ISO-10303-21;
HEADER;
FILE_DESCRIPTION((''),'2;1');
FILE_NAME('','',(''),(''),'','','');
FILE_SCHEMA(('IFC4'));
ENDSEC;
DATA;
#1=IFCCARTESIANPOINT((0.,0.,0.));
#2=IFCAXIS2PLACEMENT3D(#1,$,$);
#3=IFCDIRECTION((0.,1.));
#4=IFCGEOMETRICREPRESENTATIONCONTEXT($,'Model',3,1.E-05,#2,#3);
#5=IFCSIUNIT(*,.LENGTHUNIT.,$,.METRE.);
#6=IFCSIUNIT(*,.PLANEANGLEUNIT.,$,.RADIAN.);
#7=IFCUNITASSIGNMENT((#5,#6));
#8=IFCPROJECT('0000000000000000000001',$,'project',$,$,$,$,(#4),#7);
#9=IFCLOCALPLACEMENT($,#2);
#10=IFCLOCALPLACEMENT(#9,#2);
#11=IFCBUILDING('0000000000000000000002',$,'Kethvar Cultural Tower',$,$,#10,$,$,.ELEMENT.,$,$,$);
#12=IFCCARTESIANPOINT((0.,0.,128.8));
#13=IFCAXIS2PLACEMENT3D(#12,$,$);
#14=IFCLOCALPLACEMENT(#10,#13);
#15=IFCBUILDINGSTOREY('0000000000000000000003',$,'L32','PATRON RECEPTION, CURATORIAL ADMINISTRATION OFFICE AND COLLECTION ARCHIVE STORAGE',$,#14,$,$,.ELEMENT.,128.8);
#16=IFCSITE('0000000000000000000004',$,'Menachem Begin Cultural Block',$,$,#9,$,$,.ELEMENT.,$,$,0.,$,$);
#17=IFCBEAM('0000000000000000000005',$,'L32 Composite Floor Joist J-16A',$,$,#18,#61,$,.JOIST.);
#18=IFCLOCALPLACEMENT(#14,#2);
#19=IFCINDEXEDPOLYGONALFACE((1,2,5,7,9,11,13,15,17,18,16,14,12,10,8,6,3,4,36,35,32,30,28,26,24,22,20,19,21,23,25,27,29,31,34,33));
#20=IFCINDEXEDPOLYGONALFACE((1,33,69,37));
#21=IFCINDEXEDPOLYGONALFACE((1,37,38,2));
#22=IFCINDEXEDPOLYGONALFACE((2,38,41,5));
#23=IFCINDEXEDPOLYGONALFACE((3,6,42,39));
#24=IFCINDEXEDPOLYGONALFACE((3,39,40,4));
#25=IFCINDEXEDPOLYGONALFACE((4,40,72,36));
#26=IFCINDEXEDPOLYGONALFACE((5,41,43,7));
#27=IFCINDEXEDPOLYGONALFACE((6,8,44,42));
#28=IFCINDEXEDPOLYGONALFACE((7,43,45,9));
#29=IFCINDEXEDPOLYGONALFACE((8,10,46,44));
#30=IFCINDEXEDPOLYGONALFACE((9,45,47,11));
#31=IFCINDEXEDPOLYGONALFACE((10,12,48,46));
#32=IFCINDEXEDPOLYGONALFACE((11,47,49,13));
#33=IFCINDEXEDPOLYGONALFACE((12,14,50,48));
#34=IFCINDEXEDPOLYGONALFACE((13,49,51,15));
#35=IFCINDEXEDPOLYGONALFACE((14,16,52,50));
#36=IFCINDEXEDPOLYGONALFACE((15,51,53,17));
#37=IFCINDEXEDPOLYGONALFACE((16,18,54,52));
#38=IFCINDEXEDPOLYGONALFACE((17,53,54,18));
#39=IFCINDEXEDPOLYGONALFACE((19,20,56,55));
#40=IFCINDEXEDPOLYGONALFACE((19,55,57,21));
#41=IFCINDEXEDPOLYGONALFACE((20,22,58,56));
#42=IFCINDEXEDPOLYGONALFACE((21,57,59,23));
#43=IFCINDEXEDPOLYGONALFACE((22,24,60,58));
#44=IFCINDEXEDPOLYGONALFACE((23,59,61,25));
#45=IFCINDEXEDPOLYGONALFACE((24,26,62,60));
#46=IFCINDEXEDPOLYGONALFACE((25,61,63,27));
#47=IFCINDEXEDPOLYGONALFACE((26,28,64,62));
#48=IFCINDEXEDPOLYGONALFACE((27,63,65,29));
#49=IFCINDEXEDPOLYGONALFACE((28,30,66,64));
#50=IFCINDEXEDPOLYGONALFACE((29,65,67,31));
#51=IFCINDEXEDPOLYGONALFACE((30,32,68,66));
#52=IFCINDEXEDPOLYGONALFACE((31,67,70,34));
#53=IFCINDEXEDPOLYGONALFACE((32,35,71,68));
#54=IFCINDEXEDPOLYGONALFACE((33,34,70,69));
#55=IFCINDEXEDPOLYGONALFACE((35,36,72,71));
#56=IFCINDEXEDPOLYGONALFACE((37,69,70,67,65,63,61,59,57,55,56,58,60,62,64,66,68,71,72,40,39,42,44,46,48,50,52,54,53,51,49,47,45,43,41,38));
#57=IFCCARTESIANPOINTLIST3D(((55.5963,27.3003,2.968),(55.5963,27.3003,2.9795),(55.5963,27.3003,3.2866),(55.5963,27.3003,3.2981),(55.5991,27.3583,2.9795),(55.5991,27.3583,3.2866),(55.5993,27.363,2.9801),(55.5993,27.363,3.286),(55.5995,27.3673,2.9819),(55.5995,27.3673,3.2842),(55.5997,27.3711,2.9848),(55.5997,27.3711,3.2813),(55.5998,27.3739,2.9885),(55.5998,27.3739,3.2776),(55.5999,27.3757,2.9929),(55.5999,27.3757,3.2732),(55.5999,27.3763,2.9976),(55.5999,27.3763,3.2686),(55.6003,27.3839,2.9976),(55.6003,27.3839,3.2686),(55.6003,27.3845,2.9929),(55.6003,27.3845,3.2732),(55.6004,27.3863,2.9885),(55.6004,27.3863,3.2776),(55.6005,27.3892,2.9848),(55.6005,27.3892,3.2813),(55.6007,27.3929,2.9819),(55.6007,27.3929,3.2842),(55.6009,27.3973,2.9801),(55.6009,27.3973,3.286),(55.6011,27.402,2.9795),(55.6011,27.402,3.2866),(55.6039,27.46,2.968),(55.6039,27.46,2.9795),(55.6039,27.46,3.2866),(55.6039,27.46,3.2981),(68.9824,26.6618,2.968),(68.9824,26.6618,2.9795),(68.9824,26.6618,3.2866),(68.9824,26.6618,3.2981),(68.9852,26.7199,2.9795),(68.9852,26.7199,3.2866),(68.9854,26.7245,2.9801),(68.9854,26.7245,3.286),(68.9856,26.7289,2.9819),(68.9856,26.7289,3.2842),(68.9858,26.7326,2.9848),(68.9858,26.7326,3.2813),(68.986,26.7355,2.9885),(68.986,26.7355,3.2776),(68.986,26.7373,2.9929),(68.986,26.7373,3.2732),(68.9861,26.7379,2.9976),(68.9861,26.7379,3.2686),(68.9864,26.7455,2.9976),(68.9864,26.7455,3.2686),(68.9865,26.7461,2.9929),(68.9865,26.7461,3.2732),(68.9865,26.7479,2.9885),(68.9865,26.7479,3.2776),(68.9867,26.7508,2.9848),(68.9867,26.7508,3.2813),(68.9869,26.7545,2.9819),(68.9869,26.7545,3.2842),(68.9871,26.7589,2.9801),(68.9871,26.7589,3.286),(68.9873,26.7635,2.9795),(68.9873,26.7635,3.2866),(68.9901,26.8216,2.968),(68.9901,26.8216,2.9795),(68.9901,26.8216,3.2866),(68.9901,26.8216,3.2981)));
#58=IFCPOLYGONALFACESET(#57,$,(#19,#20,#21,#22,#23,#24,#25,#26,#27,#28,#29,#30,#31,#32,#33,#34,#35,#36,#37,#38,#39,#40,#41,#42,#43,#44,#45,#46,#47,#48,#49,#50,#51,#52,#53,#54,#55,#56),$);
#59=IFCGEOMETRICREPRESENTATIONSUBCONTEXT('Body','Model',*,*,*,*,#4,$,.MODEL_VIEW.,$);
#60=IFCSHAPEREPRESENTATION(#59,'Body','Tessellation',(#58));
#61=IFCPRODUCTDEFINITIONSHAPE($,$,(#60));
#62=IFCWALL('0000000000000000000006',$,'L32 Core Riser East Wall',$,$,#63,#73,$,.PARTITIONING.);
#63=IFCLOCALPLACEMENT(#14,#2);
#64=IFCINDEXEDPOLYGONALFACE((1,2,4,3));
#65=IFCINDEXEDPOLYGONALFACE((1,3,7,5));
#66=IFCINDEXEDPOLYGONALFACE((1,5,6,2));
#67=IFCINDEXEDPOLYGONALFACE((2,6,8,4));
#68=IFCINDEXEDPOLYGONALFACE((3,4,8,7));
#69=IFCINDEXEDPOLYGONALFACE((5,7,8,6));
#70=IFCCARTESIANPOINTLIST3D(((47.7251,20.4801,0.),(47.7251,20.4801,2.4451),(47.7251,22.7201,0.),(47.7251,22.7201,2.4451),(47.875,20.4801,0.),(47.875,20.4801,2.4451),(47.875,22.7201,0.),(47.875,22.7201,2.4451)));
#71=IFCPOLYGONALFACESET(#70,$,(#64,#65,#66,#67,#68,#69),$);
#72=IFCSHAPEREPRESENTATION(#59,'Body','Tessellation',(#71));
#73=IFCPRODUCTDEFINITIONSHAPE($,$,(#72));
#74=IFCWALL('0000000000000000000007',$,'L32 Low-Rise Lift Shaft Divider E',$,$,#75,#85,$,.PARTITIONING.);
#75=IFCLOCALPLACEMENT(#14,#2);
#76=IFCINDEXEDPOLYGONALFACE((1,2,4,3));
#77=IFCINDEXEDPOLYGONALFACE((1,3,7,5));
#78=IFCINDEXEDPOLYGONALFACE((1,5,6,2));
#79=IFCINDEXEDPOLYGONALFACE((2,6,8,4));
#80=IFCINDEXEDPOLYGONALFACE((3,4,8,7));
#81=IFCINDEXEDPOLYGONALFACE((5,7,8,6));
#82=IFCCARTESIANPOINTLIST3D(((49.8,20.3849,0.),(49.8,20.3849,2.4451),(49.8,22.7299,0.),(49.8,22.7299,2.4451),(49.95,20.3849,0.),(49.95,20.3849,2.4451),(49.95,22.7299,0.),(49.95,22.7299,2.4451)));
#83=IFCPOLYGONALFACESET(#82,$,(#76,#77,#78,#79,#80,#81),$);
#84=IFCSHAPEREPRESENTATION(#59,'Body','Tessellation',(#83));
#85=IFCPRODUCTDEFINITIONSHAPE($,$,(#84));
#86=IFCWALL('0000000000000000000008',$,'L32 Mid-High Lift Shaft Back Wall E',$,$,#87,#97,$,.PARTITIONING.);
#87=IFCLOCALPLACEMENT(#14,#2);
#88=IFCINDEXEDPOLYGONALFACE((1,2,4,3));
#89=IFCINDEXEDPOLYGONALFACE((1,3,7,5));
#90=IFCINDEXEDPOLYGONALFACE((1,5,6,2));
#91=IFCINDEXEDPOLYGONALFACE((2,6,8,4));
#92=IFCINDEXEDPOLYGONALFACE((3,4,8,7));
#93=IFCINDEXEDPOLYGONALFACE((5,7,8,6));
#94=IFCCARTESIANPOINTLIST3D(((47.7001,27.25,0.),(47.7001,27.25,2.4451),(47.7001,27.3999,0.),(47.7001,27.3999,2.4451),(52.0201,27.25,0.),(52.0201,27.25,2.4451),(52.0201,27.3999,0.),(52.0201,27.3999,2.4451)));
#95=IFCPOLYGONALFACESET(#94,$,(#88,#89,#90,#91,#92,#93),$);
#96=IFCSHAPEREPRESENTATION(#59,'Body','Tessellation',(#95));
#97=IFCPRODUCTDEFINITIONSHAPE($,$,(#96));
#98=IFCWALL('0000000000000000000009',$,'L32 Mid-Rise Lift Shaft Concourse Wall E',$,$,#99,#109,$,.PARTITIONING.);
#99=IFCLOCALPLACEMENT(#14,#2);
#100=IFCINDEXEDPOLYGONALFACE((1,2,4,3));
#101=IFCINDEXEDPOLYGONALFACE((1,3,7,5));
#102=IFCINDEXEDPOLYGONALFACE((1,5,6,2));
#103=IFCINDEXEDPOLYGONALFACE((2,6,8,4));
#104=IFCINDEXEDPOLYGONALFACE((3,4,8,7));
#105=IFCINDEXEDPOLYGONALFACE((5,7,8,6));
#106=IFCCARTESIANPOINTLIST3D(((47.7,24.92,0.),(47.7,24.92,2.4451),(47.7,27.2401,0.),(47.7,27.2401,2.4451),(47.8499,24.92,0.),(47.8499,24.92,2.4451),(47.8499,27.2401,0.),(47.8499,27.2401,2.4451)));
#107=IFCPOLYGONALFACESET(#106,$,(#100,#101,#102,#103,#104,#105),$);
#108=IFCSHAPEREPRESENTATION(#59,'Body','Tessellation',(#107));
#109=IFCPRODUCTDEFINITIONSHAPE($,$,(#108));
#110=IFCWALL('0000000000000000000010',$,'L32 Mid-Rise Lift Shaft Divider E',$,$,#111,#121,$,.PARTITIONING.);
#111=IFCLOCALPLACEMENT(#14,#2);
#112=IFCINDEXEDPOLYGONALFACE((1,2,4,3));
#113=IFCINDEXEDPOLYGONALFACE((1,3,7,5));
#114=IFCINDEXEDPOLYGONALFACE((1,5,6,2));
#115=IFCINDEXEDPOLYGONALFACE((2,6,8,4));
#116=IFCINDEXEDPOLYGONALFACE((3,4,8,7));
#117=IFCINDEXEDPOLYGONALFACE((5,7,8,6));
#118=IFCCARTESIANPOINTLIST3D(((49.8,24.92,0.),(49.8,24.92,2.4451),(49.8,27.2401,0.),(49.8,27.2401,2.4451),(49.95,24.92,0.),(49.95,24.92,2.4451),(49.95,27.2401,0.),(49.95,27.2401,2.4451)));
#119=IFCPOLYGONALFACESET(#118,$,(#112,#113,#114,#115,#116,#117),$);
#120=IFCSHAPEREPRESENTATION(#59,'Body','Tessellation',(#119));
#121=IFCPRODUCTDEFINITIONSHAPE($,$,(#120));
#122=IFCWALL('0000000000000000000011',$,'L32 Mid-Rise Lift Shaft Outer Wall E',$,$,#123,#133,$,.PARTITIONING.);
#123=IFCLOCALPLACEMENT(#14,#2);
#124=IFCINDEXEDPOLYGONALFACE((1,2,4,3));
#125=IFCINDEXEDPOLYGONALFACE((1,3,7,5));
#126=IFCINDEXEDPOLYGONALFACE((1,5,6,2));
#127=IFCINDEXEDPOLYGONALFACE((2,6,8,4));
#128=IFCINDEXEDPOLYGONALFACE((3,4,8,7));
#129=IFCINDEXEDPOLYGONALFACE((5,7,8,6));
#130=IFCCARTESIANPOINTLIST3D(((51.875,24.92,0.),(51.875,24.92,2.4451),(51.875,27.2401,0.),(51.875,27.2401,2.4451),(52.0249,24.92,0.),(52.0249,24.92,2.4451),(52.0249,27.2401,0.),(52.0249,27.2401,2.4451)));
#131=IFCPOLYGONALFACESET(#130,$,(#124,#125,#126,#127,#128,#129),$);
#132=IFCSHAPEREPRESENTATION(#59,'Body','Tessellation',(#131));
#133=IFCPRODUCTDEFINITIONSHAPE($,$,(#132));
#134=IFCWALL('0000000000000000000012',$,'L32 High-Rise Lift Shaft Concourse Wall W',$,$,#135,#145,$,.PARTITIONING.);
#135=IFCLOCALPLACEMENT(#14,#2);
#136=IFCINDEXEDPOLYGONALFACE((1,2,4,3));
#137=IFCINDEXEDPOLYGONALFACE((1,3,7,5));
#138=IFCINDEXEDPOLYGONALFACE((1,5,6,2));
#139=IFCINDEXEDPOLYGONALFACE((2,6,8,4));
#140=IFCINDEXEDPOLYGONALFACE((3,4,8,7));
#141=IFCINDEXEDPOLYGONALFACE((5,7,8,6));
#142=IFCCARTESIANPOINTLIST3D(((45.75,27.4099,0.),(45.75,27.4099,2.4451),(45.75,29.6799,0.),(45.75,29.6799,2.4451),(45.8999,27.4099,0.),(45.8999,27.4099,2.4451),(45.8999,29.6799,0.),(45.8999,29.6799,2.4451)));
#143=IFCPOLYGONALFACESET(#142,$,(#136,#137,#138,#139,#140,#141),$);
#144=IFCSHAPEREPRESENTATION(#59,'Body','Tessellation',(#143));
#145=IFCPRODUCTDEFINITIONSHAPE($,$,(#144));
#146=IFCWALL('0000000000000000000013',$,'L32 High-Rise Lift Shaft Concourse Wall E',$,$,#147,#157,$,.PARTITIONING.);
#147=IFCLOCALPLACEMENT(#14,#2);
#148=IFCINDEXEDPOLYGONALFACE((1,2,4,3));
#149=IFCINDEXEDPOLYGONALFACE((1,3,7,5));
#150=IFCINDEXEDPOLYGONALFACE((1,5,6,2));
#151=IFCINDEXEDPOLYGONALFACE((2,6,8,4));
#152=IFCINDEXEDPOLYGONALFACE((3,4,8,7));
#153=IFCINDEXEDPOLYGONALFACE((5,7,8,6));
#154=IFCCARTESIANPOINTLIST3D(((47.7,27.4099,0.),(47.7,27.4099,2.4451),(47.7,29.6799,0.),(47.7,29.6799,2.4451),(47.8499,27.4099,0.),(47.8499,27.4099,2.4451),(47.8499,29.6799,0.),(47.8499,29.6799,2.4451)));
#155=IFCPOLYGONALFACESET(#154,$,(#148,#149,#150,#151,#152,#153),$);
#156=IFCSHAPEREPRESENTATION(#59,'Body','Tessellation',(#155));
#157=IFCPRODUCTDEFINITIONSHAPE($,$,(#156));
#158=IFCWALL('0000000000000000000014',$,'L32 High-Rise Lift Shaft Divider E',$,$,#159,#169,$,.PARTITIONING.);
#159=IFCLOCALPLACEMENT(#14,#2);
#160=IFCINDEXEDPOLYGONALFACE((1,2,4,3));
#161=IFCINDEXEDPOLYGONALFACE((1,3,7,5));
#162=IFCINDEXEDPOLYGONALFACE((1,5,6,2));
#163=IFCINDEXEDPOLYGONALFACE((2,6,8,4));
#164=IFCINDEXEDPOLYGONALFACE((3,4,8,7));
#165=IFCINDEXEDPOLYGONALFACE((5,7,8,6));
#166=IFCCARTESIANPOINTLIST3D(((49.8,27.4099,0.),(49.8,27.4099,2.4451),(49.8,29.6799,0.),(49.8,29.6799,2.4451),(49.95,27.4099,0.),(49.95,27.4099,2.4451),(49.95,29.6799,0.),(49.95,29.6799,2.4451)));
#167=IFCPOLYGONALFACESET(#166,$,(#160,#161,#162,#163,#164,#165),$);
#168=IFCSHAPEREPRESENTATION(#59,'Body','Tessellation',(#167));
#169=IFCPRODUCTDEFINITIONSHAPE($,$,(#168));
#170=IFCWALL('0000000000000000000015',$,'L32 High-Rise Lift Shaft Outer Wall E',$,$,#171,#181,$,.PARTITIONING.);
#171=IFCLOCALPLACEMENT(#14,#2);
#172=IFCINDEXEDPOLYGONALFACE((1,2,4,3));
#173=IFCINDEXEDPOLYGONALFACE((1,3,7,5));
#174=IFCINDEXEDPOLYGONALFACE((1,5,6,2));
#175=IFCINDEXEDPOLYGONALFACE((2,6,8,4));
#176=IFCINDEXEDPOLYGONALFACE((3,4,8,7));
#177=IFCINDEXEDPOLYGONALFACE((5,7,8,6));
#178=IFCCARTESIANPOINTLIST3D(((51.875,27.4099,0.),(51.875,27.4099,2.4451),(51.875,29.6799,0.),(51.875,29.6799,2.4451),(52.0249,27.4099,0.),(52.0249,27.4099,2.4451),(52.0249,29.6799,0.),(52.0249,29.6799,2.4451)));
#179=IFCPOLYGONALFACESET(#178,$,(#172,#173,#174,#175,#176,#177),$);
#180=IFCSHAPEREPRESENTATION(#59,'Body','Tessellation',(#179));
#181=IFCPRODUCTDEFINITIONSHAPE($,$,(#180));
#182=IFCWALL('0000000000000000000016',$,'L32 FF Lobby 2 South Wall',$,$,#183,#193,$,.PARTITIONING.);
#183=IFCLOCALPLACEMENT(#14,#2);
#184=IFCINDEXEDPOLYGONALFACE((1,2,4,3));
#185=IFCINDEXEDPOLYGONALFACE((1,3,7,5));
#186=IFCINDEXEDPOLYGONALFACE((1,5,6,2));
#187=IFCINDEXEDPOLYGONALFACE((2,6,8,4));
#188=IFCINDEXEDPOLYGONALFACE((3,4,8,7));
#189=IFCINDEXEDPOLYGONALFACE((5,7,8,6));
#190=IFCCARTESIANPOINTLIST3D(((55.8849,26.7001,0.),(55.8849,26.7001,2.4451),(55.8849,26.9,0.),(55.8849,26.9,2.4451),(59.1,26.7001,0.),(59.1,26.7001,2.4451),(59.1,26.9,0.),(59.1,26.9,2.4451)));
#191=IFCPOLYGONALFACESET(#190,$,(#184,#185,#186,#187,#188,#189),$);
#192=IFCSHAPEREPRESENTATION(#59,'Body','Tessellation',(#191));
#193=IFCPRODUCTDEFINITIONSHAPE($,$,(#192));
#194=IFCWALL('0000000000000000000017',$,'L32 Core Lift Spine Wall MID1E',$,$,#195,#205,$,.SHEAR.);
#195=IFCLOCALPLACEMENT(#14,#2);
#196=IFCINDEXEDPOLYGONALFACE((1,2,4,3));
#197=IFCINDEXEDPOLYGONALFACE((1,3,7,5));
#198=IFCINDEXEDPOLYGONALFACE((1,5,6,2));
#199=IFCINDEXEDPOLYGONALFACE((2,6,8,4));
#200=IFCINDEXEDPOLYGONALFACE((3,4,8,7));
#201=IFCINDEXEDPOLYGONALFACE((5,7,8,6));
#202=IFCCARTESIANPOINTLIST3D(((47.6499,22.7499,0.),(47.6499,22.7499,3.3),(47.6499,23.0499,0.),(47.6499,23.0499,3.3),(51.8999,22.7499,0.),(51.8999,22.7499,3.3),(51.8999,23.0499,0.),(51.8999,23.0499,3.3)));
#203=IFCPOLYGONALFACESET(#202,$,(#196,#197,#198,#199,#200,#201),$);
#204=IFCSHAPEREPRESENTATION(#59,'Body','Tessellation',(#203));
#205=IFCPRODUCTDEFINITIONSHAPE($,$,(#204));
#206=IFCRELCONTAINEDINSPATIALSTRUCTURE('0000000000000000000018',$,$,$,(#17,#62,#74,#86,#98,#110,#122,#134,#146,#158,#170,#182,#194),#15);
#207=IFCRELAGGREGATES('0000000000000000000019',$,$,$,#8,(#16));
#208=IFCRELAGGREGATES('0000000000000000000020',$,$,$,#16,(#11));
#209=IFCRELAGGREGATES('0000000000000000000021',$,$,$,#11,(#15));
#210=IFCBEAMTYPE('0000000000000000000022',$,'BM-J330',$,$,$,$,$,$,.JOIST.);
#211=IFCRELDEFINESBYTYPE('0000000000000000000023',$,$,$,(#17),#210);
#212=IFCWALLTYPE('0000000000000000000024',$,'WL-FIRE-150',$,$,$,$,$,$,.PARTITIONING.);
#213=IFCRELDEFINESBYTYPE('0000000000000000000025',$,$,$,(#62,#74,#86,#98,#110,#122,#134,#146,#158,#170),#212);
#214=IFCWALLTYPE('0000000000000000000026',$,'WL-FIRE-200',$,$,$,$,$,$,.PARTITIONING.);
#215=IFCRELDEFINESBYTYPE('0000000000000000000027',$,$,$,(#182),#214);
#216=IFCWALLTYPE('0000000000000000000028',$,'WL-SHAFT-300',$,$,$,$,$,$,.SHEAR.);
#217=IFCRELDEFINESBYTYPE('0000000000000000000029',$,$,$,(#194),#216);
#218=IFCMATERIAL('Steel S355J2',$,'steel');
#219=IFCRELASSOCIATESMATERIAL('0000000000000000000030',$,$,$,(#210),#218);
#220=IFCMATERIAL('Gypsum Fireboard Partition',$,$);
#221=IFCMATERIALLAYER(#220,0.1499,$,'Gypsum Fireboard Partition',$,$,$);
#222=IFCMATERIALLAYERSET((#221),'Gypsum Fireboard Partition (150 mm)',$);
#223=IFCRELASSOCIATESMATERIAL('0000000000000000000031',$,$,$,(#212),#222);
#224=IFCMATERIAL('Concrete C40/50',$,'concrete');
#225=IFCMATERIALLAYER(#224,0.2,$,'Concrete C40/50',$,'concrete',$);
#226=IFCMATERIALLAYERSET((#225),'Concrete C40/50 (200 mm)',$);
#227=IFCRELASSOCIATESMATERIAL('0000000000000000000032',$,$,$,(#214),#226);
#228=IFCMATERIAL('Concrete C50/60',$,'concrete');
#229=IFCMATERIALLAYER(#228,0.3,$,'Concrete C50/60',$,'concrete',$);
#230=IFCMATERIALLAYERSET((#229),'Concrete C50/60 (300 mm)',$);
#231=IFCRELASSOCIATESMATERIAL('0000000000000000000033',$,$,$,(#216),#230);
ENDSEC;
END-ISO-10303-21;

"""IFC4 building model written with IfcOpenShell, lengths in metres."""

from ifc_helpers import new_model, si_unit, direction, frame, frame_2d, origin, origin_2d, place, context, subcontext, project, spatial, rectangle, i_section, extrude, source, transform, mapped, material, layer, layer_set, material_profile, profile_set, type_object, element, save


model = new_model("IFC4")

# Units and contexts
model_context = context("Model", 3, precision=1e-05, world=origin(), true_north=direction((0.0, 1.0)))
body_context = subcontext(model_context, "Body", "Model", "MODEL_VIEW")
ifc_project = project(units=[si_unit("LENGTHUNIT", "METRE"), si_unit("PLANEANGLEUNIT", "RADIAN")], contexts=[model_context])

# Site, building, storey
site_placement = place(None, origin())
site = spatial("IfcSite", under=ifc_project, at=site_placement, Name="Menachem Begin Cultural Block", CompositionType="ELEMENT", RefElevation=0.0)
building_placement = place(site_placement, origin())
building = spatial("IfcBuilding", under=site, at=building_placement, Name="Kethvar Cultural Tower", CompositionType="ELEMENT")
storey_placement = place(building_placement, frame((0.0, 0.0, 128.8)))
storey = spatial("IfcBuildingStorey", under=building, at=storey_placement, Name="L32", Description="PATRON RECEPTION, CURATORIAL ADMINISTRATION OFFICE AND COLLECTION ARCHIVE STORAGE", CompositionType="ELEMENT", Elevation=128.8)

# Beam
ifc_material_1 = material(Name="Steel S355J2", Category="steel")
ifc_material_profile_1 = material_profile(ifc_material_1, i_section(OverallWidth=0.1599, OverallDepth=0.3301, WebThickness=0.0076, FlangeThickness=0.0115, FilletRadius=0.0181, at=origin_2d()), Name="Steel S355J2 — IPE330")
ifc_profile_set_1 = profile_set([ifc_material_profile_1], Name="Steel S355J2 — IPE330")
beam_type_1 = type_object("IfcBeamType", Name="BM-J330", PredefinedType="JOIST", material=ifc_profile_set_1)
shared_shape_1 = source(origin(), body_context, "Body", "SweptSolid", [
    extrude(i_section(OverallWidth=0.1599, OverallDepth=0.3301, WebThickness=0.0076, FlangeThickness=0.0115, FilletRadius=0.0181, at=origin_2d()), origin(), (0.0, 0.0, 1.0), 13.4014),
])
beam_1_placement = place(storey_placement, frame((55.6001, 27.3801, 3.1331), z_axis=(0.998865, -0.047639, 0.0), x_axis=(0.047639, 0.998865, 0.0)))
element("IfcBeam", 1, at=beam_1_placement, inside=storey, type_object=beam_type_1, Name="L32 Composite Floor Joist J-16A", PredefinedType="JOIST", context=body_context, shape_type="MappedRepresentation", body=[
    mapped(shared_shape_1, transform((0.0, 0.0, 0.0), scale=1.0)),
])

# Walls
ifc_material_2 = material(Name="Gypsum Fireboard Partition")
ifc_layer_1 = layer(ifc_material_2, 0.1499, Name="Gypsum Fireboard Partition")
ifc_layer_set_1 = layer_set([ifc_layer_1], Name="Gypsum Fireboard Partition (150 mm)")
wall_type_1 = type_object("IfcWallType", Name="WL-FIRE-150", PredefinedType="PARTITIONING", material=ifc_layer_set_1)
wall_1_placement = place(storey_placement, frame((47.8, 20.48, 0.0), z_axis=(0.0, 0.0, 1.0), x_axis=(0.0, 1.0, 0.0)))
element("IfcWall", 2, at=wall_1_placement, inside=storey, type_object=wall_type_1, Name="L32 Core Riser East Wall", PredefinedType="PARTITIONING", context=body_context, shape_type="SweptSolid", body=[
    extrude(rectangle(XDim=2.24, YDim=0.1499, at=frame_2d((1.1201, 0.0))), origin(), (0.0, 0.0, 1.0), 2.4451),
])
wall_2_placement = place(storey_placement, frame((49.875, 20.385, 0.0), z_axis=(0.0, 0.0, 1.0), x_axis=(0.0, 1.0, 0.0)))
element("IfcWall", 3, at=wall_2_placement, inside=storey, type_object=wall_type_1, Name="L32 Low-Rise Lift Shaft Divider E", PredefinedType="PARTITIONING", context=body_context, shape_type="SweptSolid", body=[
    extrude(rectangle(XDim=2.345, YDim=0.1499, at=frame_2d((1.1724, 0.0))), origin(), (0.0, 0.0, 1.0), 2.4451),
])
wall_3_placement = place(storey_placement, frame((47.7, 27.325, 0.0), z_axis=(0.0, 0.0, 1.0), x_axis=(1.0, 0.0, 0.0)))
element("IfcWall", 4, at=wall_3_placement, inside=storey, type_object=wall_type_1, Name="L32 Mid-High Lift Shaft Back Wall E", PredefinedType="PARTITIONING", context=body_context, shape_type="SweptSolid", body=[
    extrude(rectangle(XDim=4.3201, YDim=0.1499, at=frame_2d((2.1602, 0.0))), origin(), (0.0, 0.0, 1.0), 2.4451),
])
for number, where, z_axis, x_axis, name in (
    (5, (47.7749, 24.9199, 0.0), (0.0, 0.0, 1.0), (0.0, 1.0, 0.0), "L32 Mid-Rise Lift Shaft Concourse Wall E"),
    (6, (49.875, 24.9199, 0.0), (0.0, 0.0, 1.0), (0.0, 1.0, 0.0), "L32 Mid-Rise Lift Shaft Divider E"),
    (7, (51.95, 24.9199, 0.0), (0.0, 0.0, 1.0), (0.0, 1.0, 0.0), "L32 Mid-Rise Lift Shaft Outer Wall E"),
):
    element("IfcWall", number, at=place(storey_placement, frame(where, z_axis=z_axis, x_axis=x_axis)), inside=storey, type_object=wall_type_1, Name=name, PredefinedType="PARTITIONING", context=body_context, shape_type="SweptSolid", body=[
        extrude(rectangle(XDim=2.3201, YDim=0.1499, at=frame_2d((1.1602, 0.0))), origin(), (0.0, 0.0, 1.0), 2.4451),
    ])
for number, where, z_axis, x_axis, name in (
    (8, (45.825, 27.4099, 0.0), (0.0, 0.0, 1.0), (0.0, 1.0, 0.0), "L32 High-Rise Lift Shaft Concourse Wall W"),
    (9, (47.7749, 27.4099, 0.0), (0.0, 0.0, 1.0), (0.0, 1.0, 0.0), "L32 High-Rise Lift Shaft Concourse Wall E"),
    (10, (49.875, 27.4099, 0.0), (0.0, 0.0, 1.0), (0.0, 1.0, 0.0), "L32 High-Rise Lift Shaft Divider E"),
    (11, (51.95, 27.4099, 0.0), (0.0, 0.0, 1.0), (0.0, 1.0, 0.0), "L32 High-Rise Lift Shaft Outer Wall E"),
):
    element("IfcWall", number, at=place(storey_placement, frame(where, z_axis=z_axis, x_axis=x_axis)), inside=storey, type_object=wall_type_1, Name=name, PredefinedType="PARTITIONING", context=body_context, shape_type="SweptSolid", body=[
        extrude(rectangle(XDim=2.27, YDim=0.1499, at=frame_2d((1.135, 0.0))), origin(), (0.0, 0.0, 1.0), 2.4451),
    ])
ifc_material_3 = material(Name="Concrete C40/50", Category="concrete")
ifc_layer_2 = layer(ifc_material_3, 0.2, Name="Concrete C40/50", Category="concrete")
ifc_layer_set_2 = layer_set([ifc_layer_2], Name="Concrete C40/50 (200 mm)")
wall_type_2 = type_object("IfcWallType", Name="WL-FIRE-200", PredefinedType="PARTITIONING", material=ifc_layer_set_2)
wall_4_placement = place(storey_placement, frame((55.885, 26.8, 0.0), z_axis=(0.0, 0.0, 1.0), x_axis=(1.0, 0.0, 0.0)))
element("IfcWall", 12, at=wall_4_placement, inside=storey, type_object=wall_type_2, Name="L32 FF Lobby 2 South Wall", PredefinedType="PARTITIONING", context=body_context, shape_type="SweptSolid", body=[
    extrude(rectangle(XDim=3.2151, YDim=0.2, at=frame_2d((1.6074, 0.0))), origin(), (0.0, 0.0, 1.0), 2.4451),
])
ifc_material_4 = material(Name="Concrete C50/60", Category="concrete")
ifc_layer_3 = layer(ifc_material_4, 0.3, Name="Concrete C50/60", Category="concrete")
ifc_layer_set_3 = layer_set([ifc_layer_3], Name="Concrete C50/60 (300 mm)")
wall_type_3 = type_object("IfcWallType", Name="WL-SHAFT-300", PredefinedType="SHEAR", material=ifc_layer_set_3)
wall_5_placement = place(storey_placement, frame((47.6499, 22.8999, 0.0), z_axis=(0.0, 0.0, 1.0), x_axis=(1.0, 0.0, 0.0)))
element("IfcWall", 13, at=wall_5_placement, inside=storey, type_object=wall_type_3, Name="L32 Core Lift Spine Wall MID1E", PredefinedType="SHEAR", context=body_context, shape_type="SweptSolid", body=[
    extrude(rectangle(XDim=4.25, YDim=0.3, at=frame_2d((2.125, 0.0))), origin(), (0.0, 0.0, 1.0), 3.3),
])

save(model, "model.ifc")
